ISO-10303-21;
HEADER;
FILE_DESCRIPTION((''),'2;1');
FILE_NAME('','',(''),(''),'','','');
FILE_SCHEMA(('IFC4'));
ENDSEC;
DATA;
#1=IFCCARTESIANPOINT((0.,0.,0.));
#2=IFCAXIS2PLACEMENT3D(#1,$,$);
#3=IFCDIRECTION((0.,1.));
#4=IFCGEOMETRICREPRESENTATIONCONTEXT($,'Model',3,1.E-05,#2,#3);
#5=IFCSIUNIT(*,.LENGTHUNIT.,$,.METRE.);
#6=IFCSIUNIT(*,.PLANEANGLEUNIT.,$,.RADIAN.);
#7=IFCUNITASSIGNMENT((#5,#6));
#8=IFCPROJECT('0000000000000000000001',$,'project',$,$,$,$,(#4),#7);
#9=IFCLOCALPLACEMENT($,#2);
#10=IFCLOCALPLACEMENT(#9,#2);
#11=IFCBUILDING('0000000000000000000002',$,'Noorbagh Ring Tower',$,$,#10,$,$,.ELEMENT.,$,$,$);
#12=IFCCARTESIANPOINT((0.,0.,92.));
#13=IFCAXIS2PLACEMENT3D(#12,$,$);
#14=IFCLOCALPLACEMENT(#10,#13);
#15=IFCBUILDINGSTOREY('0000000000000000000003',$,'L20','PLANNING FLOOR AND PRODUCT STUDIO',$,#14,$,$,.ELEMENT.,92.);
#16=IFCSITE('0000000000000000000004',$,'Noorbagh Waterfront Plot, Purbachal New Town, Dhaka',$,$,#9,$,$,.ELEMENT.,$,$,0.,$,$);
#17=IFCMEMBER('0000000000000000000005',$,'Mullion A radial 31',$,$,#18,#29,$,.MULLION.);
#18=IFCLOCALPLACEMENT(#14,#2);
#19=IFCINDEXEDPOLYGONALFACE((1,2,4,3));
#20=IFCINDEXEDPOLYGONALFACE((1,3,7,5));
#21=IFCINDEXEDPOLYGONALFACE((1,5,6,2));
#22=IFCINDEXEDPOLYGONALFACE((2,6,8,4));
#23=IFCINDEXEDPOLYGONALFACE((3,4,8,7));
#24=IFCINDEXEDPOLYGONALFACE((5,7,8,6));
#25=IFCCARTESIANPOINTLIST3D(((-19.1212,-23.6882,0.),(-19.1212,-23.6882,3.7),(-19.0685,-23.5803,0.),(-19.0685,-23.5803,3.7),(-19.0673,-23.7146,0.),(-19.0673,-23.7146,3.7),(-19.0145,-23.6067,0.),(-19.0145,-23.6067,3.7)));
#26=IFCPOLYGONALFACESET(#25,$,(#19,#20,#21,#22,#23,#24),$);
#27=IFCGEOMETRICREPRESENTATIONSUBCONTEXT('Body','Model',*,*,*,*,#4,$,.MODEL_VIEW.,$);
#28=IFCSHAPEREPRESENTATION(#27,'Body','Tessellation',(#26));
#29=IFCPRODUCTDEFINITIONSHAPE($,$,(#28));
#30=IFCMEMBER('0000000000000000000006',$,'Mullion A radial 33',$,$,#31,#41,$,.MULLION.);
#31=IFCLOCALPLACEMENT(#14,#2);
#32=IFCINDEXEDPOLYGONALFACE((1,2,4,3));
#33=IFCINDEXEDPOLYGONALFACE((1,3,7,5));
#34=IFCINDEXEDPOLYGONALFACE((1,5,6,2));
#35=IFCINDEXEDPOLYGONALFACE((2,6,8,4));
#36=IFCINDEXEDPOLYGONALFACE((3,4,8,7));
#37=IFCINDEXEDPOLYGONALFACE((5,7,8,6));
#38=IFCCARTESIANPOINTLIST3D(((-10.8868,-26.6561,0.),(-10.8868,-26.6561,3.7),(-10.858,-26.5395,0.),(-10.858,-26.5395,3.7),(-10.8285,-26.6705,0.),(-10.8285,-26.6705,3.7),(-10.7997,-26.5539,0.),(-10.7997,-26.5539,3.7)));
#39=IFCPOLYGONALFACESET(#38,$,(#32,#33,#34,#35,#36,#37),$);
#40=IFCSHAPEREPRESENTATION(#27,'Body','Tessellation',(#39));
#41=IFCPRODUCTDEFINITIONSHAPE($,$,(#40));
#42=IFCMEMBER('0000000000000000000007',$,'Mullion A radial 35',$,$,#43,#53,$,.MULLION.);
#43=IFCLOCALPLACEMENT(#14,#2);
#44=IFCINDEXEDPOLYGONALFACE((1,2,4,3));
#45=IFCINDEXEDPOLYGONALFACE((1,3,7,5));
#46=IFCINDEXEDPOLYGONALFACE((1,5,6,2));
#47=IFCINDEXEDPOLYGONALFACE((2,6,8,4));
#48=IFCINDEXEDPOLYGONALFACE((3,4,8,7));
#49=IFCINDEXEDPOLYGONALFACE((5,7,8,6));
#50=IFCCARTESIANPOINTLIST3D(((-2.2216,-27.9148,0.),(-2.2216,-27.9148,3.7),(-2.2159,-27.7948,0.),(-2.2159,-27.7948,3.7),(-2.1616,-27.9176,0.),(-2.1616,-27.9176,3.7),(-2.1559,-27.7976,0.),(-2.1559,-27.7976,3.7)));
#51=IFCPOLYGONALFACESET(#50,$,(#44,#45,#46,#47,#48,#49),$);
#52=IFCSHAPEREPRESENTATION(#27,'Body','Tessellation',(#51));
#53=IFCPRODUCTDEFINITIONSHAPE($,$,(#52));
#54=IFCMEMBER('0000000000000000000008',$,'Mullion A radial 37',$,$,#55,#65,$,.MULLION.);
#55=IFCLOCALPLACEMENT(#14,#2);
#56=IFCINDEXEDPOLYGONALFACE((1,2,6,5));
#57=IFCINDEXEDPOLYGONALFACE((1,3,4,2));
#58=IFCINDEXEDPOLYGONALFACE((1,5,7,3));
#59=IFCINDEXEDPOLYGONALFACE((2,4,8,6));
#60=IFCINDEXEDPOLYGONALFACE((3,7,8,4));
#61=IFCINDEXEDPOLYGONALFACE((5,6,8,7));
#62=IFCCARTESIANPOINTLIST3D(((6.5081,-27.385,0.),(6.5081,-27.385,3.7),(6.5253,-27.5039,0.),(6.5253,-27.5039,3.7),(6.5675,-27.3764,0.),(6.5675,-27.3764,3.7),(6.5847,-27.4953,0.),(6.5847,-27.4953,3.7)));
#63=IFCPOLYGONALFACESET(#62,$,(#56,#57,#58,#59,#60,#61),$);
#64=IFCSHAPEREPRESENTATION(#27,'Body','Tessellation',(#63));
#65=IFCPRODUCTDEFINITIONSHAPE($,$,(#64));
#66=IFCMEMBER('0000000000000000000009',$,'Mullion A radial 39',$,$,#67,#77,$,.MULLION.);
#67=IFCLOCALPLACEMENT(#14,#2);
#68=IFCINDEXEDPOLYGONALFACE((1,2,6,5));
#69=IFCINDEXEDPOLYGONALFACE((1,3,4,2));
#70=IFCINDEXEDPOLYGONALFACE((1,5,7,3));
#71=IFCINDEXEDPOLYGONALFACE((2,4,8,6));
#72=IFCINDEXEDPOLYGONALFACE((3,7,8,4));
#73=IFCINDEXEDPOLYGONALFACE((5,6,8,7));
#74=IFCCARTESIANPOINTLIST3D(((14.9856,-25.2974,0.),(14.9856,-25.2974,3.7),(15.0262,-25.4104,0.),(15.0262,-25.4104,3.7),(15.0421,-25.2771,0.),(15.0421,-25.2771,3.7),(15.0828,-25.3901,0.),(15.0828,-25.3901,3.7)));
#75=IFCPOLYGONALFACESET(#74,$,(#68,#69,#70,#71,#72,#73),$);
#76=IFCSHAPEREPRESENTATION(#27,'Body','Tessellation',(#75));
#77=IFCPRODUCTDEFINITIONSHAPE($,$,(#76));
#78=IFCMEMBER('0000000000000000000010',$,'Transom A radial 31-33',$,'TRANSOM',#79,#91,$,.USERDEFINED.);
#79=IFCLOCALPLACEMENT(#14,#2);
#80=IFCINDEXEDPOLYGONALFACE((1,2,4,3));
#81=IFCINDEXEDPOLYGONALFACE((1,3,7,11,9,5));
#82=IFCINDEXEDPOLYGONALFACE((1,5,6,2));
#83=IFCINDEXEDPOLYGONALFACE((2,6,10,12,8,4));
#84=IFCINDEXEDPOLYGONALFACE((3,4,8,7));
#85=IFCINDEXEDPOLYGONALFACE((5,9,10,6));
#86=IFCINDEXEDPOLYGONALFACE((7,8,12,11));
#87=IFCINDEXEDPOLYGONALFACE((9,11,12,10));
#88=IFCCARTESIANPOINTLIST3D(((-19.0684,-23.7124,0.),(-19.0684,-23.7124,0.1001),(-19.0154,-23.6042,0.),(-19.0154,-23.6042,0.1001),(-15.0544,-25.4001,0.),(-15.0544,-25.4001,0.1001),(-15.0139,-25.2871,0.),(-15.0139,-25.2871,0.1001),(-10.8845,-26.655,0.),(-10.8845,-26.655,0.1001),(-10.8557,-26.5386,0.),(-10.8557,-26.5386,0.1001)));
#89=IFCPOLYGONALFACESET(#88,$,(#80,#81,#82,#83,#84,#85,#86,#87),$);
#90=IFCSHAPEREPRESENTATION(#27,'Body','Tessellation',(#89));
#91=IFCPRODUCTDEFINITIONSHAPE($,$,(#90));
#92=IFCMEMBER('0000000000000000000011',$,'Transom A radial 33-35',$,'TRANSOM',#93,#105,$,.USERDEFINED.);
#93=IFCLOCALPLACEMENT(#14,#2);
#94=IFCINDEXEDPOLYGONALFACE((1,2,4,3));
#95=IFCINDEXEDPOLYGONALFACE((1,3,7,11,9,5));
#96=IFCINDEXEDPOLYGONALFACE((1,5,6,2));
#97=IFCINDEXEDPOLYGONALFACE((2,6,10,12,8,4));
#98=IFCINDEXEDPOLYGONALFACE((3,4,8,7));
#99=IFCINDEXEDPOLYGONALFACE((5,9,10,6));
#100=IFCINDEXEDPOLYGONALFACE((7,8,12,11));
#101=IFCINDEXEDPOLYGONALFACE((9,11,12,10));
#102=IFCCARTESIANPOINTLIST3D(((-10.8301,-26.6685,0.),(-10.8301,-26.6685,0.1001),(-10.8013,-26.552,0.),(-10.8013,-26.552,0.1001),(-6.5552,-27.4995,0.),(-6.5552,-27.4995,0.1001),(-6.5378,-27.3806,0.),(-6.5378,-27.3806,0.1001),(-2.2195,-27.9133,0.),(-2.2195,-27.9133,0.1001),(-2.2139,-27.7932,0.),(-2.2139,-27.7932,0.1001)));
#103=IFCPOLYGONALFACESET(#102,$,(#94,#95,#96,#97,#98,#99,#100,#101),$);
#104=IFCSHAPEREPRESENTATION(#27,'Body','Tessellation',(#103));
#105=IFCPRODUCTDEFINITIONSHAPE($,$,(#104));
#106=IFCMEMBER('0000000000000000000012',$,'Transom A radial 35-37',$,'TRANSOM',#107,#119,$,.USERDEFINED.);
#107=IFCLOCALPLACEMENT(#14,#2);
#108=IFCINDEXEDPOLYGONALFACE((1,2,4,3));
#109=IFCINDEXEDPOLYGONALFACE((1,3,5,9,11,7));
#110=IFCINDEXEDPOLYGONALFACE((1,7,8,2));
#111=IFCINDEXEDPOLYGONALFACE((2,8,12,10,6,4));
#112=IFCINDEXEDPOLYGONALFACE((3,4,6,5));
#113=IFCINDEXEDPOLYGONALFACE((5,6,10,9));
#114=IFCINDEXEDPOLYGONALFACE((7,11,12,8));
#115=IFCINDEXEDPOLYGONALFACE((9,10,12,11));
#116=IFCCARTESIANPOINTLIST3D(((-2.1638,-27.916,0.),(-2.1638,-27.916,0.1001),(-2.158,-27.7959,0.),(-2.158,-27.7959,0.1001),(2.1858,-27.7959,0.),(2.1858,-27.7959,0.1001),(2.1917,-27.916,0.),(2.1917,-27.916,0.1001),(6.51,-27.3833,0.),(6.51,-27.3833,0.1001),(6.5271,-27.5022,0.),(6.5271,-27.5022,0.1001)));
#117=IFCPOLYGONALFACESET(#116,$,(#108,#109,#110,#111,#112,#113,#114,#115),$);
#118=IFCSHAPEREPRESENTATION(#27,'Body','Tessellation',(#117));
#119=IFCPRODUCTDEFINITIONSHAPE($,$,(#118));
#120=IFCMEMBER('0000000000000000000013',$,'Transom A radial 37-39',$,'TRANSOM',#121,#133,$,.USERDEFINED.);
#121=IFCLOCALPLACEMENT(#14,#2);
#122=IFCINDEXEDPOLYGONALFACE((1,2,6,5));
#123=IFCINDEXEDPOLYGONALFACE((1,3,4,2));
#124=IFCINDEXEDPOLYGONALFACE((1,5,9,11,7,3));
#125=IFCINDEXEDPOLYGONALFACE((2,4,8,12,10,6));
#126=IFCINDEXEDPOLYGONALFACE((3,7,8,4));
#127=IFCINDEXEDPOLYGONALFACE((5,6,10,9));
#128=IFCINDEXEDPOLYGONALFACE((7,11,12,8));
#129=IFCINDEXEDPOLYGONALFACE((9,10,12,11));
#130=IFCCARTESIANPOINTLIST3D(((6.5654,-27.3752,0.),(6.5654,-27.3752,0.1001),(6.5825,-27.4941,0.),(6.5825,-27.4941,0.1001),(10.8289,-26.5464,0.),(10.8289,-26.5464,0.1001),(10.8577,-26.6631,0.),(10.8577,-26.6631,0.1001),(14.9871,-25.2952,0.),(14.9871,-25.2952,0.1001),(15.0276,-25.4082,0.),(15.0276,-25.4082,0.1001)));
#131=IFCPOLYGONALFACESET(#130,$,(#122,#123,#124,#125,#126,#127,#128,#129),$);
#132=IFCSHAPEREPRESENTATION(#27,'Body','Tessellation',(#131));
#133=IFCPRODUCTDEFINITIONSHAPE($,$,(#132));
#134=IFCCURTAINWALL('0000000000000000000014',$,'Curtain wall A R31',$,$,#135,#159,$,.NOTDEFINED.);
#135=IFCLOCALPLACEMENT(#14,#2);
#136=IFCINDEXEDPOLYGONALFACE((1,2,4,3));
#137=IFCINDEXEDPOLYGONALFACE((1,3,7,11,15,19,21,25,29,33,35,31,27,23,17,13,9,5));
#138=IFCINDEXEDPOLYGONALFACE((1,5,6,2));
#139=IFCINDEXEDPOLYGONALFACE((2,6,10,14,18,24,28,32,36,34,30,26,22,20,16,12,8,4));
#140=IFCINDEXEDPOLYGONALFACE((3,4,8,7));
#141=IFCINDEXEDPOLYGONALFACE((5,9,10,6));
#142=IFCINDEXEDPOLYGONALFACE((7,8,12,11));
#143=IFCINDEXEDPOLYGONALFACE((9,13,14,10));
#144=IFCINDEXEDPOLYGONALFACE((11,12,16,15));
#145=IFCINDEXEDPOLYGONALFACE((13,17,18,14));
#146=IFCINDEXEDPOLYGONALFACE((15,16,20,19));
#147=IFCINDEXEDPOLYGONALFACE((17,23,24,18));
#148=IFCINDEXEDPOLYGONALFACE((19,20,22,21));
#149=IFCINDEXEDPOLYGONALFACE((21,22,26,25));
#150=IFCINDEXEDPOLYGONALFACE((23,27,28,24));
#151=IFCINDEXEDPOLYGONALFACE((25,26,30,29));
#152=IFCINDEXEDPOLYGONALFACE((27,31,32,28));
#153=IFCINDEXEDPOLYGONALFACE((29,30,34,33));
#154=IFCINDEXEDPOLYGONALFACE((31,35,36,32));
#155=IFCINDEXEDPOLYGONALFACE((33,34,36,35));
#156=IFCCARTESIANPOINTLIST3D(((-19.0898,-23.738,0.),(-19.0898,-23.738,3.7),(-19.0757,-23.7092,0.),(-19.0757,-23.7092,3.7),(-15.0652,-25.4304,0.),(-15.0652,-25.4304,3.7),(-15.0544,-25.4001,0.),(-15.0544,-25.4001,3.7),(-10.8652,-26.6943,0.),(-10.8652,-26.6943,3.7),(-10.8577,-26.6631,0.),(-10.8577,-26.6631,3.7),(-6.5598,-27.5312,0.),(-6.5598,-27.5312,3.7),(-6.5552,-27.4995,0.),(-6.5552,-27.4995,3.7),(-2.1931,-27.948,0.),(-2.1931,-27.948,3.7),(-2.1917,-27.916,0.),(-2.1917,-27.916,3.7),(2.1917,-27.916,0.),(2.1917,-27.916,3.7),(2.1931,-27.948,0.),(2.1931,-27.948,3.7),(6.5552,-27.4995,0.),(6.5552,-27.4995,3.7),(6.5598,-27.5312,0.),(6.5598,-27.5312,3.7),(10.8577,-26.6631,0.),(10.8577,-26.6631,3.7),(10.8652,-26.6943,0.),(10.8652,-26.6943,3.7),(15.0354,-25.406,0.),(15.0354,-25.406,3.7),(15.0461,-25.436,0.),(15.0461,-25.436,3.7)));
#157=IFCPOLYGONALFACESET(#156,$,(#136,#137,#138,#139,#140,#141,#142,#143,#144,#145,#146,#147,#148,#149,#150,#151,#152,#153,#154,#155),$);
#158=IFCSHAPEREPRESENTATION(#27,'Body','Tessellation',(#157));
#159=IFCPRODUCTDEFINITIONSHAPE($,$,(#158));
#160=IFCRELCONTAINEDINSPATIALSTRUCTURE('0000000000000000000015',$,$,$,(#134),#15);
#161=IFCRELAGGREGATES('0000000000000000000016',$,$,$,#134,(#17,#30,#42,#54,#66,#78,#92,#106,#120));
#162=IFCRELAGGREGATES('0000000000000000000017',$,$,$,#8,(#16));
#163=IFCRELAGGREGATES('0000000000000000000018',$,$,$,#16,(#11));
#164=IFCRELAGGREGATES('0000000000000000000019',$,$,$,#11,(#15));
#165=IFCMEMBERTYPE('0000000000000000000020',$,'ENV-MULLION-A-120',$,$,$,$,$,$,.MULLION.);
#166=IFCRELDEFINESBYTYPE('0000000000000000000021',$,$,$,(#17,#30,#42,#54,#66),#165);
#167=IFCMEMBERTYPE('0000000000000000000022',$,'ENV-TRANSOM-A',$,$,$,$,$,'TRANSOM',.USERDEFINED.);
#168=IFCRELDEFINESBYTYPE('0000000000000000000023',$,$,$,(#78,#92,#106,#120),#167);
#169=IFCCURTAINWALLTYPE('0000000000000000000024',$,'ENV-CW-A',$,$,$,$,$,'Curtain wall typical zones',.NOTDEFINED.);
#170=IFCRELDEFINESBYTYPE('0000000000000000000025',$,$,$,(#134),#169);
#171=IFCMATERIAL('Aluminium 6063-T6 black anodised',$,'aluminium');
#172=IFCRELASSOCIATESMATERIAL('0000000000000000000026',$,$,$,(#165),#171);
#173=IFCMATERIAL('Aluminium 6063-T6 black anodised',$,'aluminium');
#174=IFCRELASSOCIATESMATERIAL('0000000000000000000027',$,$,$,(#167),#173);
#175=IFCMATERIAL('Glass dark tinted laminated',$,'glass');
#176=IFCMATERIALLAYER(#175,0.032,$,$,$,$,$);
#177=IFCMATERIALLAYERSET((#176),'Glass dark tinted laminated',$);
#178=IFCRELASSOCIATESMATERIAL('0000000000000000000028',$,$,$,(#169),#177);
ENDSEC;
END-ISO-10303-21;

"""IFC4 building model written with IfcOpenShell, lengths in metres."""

from ifc_helpers import new_model, si_unit, direction, frame, origin, origin_2d, place, context, subcontext, project, spatial, polyline, rectangle, outline, extrude, material, layer, layer_set, material_profile, profile_set, type_object, element, aggregate, save


model = new_model("IFC4")

# Units and contexts
model_context = context("Model", 3, precision=1e-05, world=origin(), true_north=direction((0.0, 1.0)))
body_context = subcontext(model_context, "Body", "Model", "MODEL_VIEW")
ifc_project = project(units=[si_unit("LENGTHUNIT", "METRE"), si_unit("PLANEANGLEUNIT", "RADIAN")], contexts=[model_context])

# Members
ifc_material_1 = material(Name="Aluminium 6063-T6 black anodised", Category="aluminium")
ifc_material_profile = material_profile(ifc_material_1, rectangle(XDim=0.1201, YDim=0.0601, at=origin_2d()), Name="120x60")
ifc_profile_set = profile_set([ifc_material_profile], Name="Aluminium 6063-T6 black anodised")
member_type_1 = type_object("IfcMemberType", Name="ENV-MULLION-A-120", PredefinedType="MULLION", material=ifc_profile_set)
site_placement = place(None, origin())
building_placement = place(site_placement, origin())
storey_placement = place(building_placement, frame((0.0, 0.0, 92.0)))
member_1_placement = place(storey_placement, frame((-19.0679, -23.6475, 0.0), z_axis=(0.0, 0.0, 1.0), x_axis=(0.439238, 0.898371, 0.0)))
member_1 = element("IfcMember", 1, at=member_1_placement, type_object=member_type_1, Name="Mullion A radial 31", PredefinedType="MULLION", context=body_context, shape_type="SweptSolid", body=[
    extrude(rectangle(XDim=0.1201, YDim=0.0601, at=origin_2d()), origin(), (0.0, 0.0, 1.0), 3.7),
])
member_2_placement = place(storey_placement, frame((-10.8433, -26.605, 0.0), z_axis=(0.0, 0.0, 1.0), x_axis=(0.239799, 0.970823, 0.0)))
member_2 = element("IfcMember", 2, at=member_2_placement, type_object=member_type_1, Name="Mullion A radial 33", PredefinedType="MULLION", context=body_context, shape_type="SweptSolid", body=[
    extrude(rectangle(XDim=0.1201, YDim=0.0601, at=origin_2d()), origin(), (0.0, 0.0, 1.0), 3.7),
])
member_3_placement = place(storey_placement, frame((-2.1887, -27.8562, 0.0), z_axis=(0.0, 0.0, 1.0), x_axis=(0.047558, 0.998868, 0.0)))
member_3 = element("IfcMember", 3, at=member_3_placement, type_object=member_type_1, Name="Mullion A radial 35", PredefinedType="MULLION", context=body_context, shape_type="SweptSolid", body=[
    extrude(rectangle(XDim=0.1201, YDim=0.0601, at=origin_2d()), origin(), (0.0, 0.0, 1.0), 3.7),
])
member_4_placement = place(storey_placement, frame((6.5464, -27.4402, 0.0), z_axis=(0.0, 0.0, 1.0), x_axis=(-0.143082, 0.989711, 0.0)))
member_4 = element("IfcMember", 4, at=member_4_placement, type_object=member_type_1, Name="Mullion A radial 37", PredefinedType="MULLION", context=body_context, shape_type="SweptSolid", body=[
    extrude(rectangle(XDim=0.1201, YDim=0.0601, at=origin_2d()), origin(), (0.0, 0.0, 1.0), 3.7),
])
member_5_placement = place(storey_placement, frame((15.0342, -25.3438, 0.0), z_axis=(0.0, 0.0, 1.0), x_axis=(-0.338379, 0.94101, 0.0)))
member_5 = element("IfcMember", 5, at=member_5_placement, type_object=member_type_1, Name="Mullion A radial 39", PredefinedType="MULLION", context=body_context, shape_type="SweptSolid", body=[
    extrude(rectangle(XDim=0.1201, YDim=0.0601, at=origin_2d()), origin(), (0.0, 0.0, 1.0), 3.7),
])
ifc_material_2 = material(Name="Aluminium 6063-T6 black anodised", Category="aluminium")
member_type_2 = type_object("IfcMemberType", Name="ENV-TRANSOM-A", ElementType="TRANSOM", PredefinedType="USERDEFINED", material=ifc_material_2)
member_6_placement = place(storey_placement, origin())
member_6 = element("IfcMember", 6, at=member_6_placement, type_object=member_type_2, Name="Transom A radial 31-33", ObjectType="TRANSOM", PredefinedType="USERDEFINED", context=body_context, shape_type="SweptSolid", body=[
    extrude(outline(polyline([(-19.0684, -23.7124), (-15.0544, -25.4001), (-10.8845, -26.655), (-10.8557, -26.5386), (-15.0139, -25.2871), (-19.0154, -23.6042), (-19.0684, -23.7124)])), origin(), (0.0, 0.0, 1.0), 0.1001),
])
member_7_placement = place(storey_placement, origin())
member_7 = element("IfcMember", 7, at=member_7_placement, type_object=member_type_2, Name="Transom A radial 33-35", ObjectType="TRANSOM", PredefinedType="USERDEFINED", context=body_context, shape_type="SweptSolid", body=[
    extrude(outline(polyline([(-10.8301, -26.6685), (-6.5552, -27.4995), (-2.2195, -27.9133), (-2.2139, -27.7932), (-6.5378, -27.3806), (-10.8013, -26.552), (-10.8301, -26.6685)])), origin(), (0.0, 0.0, 1.0), 0.1001),
])
member_8_placement = place(storey_placement, origin())
member_8 = element("IfcMember", 8, at=member_8_placement, type_object=member_type_2, Name="Transom A radial 35-37", ObjectType="TRANSOM", PredefinedType="USERDEFINED", context=body_context, shape_type="SweptSolid", body=[
    extrude(outline(polyline([(-2.1638, -27.916), (2.1917, -27.916), (6.5271, -27.5022), (6.51, -27.3833), (2.1858, -27.7959), (-2.158, -27.7959), (-2.1638, -27.916)])), origin(), (0.0, 0.0, 1.0), 0.1001),
])
member_9_placement = place(storey_placement, origin())
member_9 = element("IfcMember", 9, at=member_9_placement, type_object=member_type_2, Name="Transom A radial 37-39", ObjectType="TRANSOM", PredefinedType="USERDEFINED", context=body_context, shape_type="SweptSolid", body=[
    extrude(outline(polyline([(6.5825, -27.4941), (10.8577, -26.6631), (15.0276, -25.4082), (14.9871, -25.2952), (10.8289, -26.5464), (6.5654, -27.3752), (6.5825, -27.4941)])), origin(), (0.0, 0.0, 1.0), 0.1001),
])

# Site, building, storey
site = spatial("IfcSite", under=ifc_project, at=site_placement, Name="Noorbagh Waterfront Plot, Purbachal New Town, Dhaka", CompositionType="ELEMENT", RefElevation=0.0)
building = spatial("IfcBuilding", under=site, at=building_placement, Name="Noorbagh Ring Tower", CompositionType="ELEMENT")
storey = spatial("IfcBuildingStorey", under=building, at=storey_placement, Name="L20", Description="PLANNING FLOOR AND PRODUCT STUDIO", CompositionType="ELEMENT", Elevation=92.0)

# Curtain wall
ifc_material_3 = material(Name="Glass dark tinted laminated", Category="glass")
ifc_layer = layer(ifc_material_3, 0.032)
ifc_layer_set = layer_set([ifc_layer], Name="Glass dark tinted laminated")
curtain_wall_type = type_object("IfcCurtainWallType", Name="ENV-CW-A", ElementType="Curtain wall typical zones", PredefinedType="NOTDEFINED", material=ifc_layer_set)
curtain_wall_1_placement = place(storey_placement, origin())
curtain_wall_1 = element("IfcCurtainWall", 10, at=curtain_wall_1_placement, inside=storey, type_object=curtain_wall_type, Name="Curtain wall A R31", PredefinedType="NOTDEFINED", context=body_context, shape_type="SweptSolid", body=[
    extrude(outline(polyline([(-19.0898, -23.738), (-15.0652, -25.4304), (-10.8652, -26.6943), (-6.5598, -27.5312), (-2.1931, -27.948), (2.1931, -27.948), (6.5598, -27.5312), (10.8652, -26.6943), (15.0461, -25.436), (15.0354, -25.406), (10.8577, -26.6631), (6.5552, -27.4995), (2.1917, -27.916), (-2.1917, -27.916), (-6.5552, -27.4995), (-10.8577, -26.6631), (-15.0544, -25.4001), (-19.0757, -23.7092), (-19.0898, -23.738)])), origin(), (0.0, 0.0, 1.0), 3.7),
])
aggregate(curtain_wall_1, [member_1, member_2, member_3, member_4, member_5, member_6, member_7, member_8, member_9])

save(model, "model.ifc")
